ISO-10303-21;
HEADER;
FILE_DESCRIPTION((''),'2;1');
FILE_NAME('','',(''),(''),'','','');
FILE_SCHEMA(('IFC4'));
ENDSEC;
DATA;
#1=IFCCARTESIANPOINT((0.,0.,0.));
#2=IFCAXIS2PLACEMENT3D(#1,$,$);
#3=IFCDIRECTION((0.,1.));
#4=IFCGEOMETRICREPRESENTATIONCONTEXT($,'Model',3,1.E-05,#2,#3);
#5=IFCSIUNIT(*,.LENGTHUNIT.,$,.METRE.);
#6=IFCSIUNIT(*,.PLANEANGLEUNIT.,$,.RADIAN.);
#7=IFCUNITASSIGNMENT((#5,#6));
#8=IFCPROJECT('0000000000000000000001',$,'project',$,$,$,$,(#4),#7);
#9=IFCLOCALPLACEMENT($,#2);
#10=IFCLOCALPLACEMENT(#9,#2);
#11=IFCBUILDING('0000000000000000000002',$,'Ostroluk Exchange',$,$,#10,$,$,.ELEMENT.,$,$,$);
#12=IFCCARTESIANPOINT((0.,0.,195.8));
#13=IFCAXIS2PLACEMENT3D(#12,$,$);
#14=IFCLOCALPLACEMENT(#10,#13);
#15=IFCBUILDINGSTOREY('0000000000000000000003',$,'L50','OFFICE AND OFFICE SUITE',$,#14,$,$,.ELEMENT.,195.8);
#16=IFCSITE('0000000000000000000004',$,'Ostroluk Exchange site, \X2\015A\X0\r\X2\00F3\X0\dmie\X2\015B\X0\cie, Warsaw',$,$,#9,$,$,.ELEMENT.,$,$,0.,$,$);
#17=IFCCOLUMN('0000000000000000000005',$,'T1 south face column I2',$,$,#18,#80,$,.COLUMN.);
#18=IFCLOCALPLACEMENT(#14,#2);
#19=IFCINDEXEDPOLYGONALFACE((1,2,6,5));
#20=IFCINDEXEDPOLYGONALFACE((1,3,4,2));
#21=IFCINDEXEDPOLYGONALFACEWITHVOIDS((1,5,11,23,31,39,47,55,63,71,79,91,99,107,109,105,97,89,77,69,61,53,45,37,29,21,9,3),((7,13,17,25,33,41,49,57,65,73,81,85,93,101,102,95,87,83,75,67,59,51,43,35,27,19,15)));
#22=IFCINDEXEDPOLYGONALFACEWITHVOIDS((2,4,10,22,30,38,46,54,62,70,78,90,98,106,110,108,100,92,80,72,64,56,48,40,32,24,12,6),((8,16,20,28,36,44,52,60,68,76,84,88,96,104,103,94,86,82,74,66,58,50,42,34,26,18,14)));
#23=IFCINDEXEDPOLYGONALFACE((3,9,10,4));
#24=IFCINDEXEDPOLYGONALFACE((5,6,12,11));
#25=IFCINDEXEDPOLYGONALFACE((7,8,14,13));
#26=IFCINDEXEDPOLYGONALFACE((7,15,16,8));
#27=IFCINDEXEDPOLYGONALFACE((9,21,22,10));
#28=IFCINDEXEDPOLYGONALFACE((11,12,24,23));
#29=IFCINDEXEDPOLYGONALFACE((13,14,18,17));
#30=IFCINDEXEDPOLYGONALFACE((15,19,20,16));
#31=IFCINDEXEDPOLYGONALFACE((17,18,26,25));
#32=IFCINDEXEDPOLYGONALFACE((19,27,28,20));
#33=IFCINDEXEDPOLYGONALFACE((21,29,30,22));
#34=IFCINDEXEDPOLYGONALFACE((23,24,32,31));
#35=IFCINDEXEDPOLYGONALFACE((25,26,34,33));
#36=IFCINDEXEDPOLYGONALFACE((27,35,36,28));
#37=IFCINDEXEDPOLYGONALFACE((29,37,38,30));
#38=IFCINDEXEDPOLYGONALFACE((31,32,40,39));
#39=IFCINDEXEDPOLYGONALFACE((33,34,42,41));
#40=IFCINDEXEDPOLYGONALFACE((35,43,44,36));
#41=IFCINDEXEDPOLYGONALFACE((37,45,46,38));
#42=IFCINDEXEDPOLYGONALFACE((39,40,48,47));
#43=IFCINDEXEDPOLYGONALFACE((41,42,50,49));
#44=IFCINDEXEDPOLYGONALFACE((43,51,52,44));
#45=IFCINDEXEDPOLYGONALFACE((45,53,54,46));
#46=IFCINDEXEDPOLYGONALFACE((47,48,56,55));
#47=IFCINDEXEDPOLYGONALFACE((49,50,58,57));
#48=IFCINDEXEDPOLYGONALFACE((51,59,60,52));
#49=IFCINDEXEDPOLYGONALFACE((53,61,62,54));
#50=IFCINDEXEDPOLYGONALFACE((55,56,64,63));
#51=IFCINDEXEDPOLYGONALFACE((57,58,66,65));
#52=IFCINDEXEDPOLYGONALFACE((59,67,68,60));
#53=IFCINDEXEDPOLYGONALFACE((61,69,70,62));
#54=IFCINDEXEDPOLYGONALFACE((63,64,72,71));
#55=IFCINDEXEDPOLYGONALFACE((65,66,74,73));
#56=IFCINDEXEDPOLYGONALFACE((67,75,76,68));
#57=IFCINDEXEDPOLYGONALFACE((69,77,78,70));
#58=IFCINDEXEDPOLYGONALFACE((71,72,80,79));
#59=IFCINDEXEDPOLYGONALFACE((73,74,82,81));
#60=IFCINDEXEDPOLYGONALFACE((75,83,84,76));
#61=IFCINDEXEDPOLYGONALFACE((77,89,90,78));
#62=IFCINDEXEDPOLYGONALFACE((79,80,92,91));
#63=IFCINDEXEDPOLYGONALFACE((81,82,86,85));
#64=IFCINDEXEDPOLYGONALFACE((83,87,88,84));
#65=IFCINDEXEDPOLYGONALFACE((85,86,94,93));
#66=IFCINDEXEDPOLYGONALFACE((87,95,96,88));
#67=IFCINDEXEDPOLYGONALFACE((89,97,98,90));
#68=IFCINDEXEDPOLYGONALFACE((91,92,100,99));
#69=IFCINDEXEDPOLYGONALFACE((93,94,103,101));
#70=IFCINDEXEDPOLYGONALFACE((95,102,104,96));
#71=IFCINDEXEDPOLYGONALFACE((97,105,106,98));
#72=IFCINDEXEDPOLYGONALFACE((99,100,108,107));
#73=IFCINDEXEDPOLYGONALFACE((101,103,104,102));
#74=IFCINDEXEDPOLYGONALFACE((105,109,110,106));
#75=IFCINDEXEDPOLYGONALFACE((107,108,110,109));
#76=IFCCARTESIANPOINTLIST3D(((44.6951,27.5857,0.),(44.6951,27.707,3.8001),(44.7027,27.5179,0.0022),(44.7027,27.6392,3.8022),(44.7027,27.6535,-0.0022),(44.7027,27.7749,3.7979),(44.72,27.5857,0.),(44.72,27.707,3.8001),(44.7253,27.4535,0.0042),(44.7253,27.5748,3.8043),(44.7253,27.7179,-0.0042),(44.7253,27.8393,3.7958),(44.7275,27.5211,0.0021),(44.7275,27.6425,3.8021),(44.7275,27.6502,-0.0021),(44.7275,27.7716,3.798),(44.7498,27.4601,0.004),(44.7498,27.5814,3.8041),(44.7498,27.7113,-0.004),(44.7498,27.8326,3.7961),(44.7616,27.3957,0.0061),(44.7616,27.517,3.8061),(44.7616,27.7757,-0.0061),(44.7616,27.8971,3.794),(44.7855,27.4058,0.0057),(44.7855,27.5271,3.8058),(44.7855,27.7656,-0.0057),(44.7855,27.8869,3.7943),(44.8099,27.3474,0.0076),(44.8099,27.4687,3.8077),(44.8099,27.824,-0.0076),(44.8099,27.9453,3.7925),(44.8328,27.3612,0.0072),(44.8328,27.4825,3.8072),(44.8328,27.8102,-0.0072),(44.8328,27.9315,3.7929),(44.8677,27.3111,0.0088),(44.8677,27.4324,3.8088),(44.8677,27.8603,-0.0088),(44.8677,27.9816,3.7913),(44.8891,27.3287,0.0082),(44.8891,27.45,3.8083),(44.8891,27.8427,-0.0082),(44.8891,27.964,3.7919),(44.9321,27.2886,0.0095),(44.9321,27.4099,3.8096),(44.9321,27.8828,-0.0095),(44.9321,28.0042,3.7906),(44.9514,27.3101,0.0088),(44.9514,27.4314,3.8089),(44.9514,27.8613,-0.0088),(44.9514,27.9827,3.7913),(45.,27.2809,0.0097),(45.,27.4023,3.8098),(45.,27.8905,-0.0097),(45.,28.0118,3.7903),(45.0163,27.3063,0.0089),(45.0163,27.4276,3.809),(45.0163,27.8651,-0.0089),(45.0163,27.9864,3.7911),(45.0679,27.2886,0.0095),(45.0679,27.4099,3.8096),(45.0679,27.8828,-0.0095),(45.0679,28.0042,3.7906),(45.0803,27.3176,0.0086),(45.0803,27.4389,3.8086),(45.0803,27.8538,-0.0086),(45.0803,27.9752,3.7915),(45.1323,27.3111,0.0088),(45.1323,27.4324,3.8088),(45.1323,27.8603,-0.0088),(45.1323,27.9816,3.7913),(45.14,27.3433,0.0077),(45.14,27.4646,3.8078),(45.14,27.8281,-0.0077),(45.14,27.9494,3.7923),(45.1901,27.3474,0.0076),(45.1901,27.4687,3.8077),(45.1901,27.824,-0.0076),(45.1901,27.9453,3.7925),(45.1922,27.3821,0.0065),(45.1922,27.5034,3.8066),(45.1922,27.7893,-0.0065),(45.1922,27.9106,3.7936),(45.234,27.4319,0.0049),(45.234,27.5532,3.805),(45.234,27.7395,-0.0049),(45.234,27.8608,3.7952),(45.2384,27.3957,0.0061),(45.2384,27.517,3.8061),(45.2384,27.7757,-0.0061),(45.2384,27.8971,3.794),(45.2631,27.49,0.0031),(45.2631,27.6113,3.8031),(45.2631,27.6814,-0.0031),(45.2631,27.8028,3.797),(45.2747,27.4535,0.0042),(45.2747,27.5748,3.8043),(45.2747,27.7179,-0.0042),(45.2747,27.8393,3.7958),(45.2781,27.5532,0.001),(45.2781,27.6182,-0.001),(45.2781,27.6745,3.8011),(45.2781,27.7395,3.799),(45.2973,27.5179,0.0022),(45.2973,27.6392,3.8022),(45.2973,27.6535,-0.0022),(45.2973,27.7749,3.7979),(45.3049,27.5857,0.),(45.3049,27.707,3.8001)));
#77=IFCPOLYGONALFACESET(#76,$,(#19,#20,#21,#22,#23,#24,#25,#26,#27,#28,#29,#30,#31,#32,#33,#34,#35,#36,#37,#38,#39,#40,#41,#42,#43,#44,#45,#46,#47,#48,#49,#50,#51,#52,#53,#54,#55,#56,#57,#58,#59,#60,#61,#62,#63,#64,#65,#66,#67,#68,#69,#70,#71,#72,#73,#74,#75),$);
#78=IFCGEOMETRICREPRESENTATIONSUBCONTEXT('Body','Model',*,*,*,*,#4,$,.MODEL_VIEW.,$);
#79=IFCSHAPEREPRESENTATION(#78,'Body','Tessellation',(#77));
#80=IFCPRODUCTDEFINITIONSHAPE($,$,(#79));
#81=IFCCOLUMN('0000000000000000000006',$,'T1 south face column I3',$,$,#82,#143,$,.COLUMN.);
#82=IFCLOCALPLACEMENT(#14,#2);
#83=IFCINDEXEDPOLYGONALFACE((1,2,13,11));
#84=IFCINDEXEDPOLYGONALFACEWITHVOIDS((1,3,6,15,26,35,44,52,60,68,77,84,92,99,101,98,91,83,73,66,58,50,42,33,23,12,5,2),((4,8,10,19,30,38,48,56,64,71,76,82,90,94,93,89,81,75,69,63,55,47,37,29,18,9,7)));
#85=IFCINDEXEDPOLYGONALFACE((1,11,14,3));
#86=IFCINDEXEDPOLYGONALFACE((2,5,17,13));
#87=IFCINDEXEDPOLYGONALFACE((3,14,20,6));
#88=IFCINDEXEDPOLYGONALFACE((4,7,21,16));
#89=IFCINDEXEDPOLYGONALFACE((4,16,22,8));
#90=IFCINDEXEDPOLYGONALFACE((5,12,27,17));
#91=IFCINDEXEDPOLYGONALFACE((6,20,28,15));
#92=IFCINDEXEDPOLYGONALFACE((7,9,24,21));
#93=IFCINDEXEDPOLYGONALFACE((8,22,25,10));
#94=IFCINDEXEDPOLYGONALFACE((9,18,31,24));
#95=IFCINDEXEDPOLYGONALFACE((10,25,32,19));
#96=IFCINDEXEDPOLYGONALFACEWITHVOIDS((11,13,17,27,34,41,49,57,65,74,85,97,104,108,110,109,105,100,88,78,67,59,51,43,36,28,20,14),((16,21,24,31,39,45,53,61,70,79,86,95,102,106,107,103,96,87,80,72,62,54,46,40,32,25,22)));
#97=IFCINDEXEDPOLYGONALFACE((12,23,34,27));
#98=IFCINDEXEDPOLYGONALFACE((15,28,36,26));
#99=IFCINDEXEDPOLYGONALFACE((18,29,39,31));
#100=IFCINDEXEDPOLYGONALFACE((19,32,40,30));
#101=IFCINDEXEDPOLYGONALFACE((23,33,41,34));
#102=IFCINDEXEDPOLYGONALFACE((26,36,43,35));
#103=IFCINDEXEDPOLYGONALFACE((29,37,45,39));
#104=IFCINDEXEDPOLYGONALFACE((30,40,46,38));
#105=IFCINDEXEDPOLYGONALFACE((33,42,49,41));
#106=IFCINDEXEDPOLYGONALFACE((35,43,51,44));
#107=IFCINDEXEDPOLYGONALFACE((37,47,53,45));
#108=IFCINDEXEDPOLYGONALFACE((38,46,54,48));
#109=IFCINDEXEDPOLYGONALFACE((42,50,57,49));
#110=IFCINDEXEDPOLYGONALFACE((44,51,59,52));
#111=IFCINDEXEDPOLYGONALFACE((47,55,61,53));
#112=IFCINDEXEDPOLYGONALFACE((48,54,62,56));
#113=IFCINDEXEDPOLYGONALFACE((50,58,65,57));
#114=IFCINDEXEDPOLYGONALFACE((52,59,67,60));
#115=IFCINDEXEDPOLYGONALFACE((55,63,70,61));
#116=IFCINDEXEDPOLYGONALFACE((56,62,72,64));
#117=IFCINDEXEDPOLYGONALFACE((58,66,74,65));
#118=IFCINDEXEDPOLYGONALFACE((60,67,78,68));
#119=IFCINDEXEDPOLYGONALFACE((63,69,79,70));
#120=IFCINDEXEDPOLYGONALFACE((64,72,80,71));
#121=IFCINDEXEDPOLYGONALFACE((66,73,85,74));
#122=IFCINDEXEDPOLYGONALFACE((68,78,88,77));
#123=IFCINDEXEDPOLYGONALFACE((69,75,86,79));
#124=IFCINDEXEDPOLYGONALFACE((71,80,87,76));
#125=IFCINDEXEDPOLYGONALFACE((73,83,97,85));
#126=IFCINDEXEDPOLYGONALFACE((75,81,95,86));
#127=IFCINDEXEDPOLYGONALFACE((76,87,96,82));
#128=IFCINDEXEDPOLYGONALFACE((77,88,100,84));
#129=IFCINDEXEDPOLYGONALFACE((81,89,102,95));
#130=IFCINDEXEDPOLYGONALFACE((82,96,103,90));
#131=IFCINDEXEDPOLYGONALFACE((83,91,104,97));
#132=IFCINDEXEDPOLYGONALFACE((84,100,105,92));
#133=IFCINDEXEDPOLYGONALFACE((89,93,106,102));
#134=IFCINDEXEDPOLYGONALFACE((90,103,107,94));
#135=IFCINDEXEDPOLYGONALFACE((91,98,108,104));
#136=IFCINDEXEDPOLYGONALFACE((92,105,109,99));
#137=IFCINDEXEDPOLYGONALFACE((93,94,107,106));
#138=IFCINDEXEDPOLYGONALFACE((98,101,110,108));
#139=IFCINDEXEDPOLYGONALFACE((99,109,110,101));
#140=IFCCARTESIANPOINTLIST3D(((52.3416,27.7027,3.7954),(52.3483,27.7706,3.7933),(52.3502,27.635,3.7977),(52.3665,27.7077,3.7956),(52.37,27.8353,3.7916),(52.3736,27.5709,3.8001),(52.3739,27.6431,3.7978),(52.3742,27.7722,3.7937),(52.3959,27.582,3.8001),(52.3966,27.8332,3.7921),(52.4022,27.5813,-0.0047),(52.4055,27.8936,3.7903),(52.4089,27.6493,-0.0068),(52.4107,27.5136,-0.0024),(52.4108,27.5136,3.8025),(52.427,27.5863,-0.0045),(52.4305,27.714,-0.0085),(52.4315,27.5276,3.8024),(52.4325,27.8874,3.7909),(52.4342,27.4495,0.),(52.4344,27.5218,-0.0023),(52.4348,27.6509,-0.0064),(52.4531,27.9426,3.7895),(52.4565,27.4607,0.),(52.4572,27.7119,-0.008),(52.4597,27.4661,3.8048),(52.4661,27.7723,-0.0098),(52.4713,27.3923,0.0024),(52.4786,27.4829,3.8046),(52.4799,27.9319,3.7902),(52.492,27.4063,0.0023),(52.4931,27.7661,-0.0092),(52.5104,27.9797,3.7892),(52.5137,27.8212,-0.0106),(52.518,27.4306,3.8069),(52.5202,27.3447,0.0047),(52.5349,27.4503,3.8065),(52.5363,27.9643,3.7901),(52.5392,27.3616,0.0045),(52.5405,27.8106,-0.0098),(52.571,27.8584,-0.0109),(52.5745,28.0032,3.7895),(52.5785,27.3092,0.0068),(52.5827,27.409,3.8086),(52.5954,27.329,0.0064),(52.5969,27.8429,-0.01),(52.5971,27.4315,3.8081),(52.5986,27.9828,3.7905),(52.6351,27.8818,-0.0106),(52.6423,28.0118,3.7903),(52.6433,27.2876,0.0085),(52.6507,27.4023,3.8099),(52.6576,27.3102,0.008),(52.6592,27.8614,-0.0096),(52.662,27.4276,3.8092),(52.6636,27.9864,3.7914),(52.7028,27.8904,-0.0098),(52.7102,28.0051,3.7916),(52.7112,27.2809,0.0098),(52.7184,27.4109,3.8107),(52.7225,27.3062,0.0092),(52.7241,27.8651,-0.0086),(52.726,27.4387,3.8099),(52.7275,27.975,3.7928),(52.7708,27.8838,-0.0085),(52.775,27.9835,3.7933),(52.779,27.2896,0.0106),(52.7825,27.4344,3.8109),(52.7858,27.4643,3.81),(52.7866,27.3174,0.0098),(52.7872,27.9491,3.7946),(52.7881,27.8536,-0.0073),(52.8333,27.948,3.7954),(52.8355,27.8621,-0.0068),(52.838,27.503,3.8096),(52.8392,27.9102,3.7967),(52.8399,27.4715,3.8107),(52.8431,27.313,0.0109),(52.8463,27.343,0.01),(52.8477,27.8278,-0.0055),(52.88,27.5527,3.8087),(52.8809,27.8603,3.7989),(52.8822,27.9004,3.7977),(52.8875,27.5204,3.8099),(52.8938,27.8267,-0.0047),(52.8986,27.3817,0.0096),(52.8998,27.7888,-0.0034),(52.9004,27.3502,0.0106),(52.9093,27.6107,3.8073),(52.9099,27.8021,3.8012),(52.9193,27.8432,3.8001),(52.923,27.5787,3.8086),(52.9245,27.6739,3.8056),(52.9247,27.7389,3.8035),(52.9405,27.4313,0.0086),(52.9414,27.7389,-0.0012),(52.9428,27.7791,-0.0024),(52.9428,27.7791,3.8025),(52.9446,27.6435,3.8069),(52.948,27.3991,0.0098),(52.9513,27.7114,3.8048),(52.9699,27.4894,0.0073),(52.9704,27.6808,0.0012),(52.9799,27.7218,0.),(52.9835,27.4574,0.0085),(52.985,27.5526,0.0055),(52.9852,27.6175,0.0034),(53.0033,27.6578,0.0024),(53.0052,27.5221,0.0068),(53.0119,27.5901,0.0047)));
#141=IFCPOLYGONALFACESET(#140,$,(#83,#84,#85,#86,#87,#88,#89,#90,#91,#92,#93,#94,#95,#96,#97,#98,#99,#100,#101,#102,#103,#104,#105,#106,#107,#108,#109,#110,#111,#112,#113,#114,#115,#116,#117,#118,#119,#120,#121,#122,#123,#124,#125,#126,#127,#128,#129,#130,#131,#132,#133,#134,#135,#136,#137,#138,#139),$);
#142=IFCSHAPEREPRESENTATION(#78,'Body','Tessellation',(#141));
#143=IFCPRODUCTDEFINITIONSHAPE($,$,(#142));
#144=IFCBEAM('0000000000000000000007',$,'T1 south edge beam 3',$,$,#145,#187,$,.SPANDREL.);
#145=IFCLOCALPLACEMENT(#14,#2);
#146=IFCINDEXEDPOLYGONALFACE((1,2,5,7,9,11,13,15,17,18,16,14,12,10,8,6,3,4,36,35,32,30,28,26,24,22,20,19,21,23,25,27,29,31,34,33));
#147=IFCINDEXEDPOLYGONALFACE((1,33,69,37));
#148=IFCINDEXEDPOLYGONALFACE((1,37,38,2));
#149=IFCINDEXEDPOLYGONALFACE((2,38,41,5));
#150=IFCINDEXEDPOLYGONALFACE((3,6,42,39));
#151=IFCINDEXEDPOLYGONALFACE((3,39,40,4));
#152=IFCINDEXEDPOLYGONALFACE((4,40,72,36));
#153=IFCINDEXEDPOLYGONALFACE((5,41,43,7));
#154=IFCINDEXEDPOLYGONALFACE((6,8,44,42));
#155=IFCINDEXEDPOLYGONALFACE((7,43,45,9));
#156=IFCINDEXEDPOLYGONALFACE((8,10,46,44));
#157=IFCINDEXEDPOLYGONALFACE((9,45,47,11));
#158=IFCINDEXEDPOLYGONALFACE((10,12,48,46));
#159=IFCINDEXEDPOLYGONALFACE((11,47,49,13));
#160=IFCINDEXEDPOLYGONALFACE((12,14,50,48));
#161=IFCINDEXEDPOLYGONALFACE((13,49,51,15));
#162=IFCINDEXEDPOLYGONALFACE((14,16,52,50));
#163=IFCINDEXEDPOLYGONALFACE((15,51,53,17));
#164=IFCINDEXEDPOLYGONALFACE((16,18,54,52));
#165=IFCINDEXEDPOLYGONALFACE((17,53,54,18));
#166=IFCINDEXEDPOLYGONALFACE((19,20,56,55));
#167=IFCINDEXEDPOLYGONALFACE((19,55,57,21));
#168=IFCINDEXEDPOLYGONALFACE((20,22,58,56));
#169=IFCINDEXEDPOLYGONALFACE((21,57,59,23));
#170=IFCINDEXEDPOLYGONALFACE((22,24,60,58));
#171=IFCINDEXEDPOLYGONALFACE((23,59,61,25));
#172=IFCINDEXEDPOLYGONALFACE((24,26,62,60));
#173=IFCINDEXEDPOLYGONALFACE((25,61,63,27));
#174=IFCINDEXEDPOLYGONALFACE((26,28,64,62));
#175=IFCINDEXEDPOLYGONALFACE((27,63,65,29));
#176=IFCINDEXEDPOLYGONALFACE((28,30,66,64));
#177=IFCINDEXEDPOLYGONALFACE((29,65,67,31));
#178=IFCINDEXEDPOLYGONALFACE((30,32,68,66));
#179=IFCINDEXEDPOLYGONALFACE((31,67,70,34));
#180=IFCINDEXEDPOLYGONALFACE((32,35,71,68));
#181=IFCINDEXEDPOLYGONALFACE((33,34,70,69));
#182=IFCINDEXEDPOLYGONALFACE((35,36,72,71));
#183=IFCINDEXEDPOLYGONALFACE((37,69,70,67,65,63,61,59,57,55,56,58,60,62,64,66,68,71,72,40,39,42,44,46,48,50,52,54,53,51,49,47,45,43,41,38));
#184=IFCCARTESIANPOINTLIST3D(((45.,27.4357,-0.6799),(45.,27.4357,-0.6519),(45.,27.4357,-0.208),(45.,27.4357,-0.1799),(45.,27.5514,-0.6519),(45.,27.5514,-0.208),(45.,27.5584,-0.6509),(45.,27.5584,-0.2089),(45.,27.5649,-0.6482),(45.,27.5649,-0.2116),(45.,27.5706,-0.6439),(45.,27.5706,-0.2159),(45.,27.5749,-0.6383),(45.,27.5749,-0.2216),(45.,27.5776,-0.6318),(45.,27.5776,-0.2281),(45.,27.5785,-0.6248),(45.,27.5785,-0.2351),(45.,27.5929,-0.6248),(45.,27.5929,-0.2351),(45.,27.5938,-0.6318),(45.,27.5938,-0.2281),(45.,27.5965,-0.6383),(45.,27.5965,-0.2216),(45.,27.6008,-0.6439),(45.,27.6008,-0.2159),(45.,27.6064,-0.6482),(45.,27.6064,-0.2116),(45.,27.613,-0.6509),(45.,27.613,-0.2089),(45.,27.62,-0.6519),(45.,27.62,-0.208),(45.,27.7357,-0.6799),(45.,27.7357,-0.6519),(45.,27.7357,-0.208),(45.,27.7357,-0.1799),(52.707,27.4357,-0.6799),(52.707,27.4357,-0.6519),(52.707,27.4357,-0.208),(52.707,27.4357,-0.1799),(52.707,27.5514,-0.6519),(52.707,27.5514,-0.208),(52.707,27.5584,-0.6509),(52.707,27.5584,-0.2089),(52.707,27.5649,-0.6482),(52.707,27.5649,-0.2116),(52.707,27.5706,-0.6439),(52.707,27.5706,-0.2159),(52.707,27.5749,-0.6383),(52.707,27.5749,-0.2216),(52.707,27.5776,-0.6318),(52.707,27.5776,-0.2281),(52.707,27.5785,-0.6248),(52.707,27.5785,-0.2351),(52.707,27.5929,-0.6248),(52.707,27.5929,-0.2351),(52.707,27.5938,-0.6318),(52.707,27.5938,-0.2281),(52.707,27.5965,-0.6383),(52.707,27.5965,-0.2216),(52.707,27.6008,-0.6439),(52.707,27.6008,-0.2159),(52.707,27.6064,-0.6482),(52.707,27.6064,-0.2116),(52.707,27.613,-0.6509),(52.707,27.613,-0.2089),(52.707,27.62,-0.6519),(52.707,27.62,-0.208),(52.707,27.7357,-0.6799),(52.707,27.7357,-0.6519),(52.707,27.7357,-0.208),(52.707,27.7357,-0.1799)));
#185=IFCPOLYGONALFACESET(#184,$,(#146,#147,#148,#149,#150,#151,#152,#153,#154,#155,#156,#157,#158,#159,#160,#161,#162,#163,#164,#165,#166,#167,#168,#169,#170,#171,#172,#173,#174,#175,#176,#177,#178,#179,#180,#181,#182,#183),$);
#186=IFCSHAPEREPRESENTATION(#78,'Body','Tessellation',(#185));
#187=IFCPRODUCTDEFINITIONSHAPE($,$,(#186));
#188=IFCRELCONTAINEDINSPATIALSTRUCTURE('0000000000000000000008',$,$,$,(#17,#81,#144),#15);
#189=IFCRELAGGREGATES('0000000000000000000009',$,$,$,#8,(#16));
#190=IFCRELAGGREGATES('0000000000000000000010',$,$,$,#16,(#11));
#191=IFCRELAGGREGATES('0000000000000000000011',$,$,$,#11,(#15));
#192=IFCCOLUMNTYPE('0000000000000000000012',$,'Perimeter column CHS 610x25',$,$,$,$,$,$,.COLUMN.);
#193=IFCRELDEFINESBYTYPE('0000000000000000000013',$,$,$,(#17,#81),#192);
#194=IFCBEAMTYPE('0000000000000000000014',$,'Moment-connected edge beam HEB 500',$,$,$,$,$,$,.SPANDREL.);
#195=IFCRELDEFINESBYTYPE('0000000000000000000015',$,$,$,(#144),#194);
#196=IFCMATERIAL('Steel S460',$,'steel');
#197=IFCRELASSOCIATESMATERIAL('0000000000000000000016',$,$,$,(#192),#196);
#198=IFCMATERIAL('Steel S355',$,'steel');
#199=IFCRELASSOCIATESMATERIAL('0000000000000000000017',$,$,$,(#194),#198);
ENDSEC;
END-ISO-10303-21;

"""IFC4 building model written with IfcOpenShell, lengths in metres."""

from ifc_helpers import new_model, si_unit, direction, frame, origin, origin_2d, place, context, subcontext, project, spatial, hollow_circle, i_section, extrude, material, material_profile, profile_set, type_object, element, save


model = new_model("IFC4")

# Units and contexts
model_context = context("Model", 3, precision=1e-05, world=origin(), true_north=direction((0.0, 1.0)))
body_context = subcontext(model_context, "Body", "Model", "MODEL_VIEW")
ifc_project = project(units=[si_unit("LENGTHUNIT", "METRE"), si_unit("PLANEANGLEUNIT", "RADIAN")], contexts=[model_context])

# Site, building, storey
site_placement = place(None, origin())
site = spatial("IfcSite", under=ifc_project, at=site_placement, Name="Ostroluk Exchange site, Śródmieście, Warsaw", CompositionType="ELEMENT", RefElevation=0.0)
building_placement = place(site_placement, origin())
building = spatial("IfcBuilding", under=site, at=building_placement, Name="Ostroluk Exchange", CompositionType="ELEMENT")
storey_placement = place(building_placement, frame((0.0, 0.0, 195.8)))
storey = spatial("IfcBuildingStorey", under=building, at=storey_placement, Name="L50", Description="OFFICE AND OFFICE SUITE", CompositionType="ELEMENT", Elevation=195.8)

# Columns
ifc_material_1 = material(Name="Steel S460", Category="steel")
ifc_material_profile_1 = material_profile(ifc_material_1, hollow_circle(Radius=0.3049, WallThickness=0.0249, at=origin_2d()), Name="CHS 610x25")
ifc_profile_set_1 = profile_set([ifc_material_profile_1], Name="Steel S460")
column_type = type_object("IfcColumnType", Name="Perimeter column CHS 610x25", PredefinedType="COLUMN", material=ifc_profile_set_1)
column_1_placement = place(storey_placement, frame((45.0, 27.5857, 0.0), z_axis=(0.0, 0.031914, 0.999491), x_axis=(-1.0, 0.0, 0.0)))
element("IfcColumn", 1, at=column_1_placement, inside=storey, type_object=column_type, Name="T1 south face column I2", PredefinedType="COLUMN", context=body_context, shape_type="SweptSolid", body=[
    extrude(hollow_circle(Radius=0.3049, WallThickness=0.0249, at=origin_2d()), origin(), (0.0, 0.0, 1.0), 3.802),
])
column_2_placement = place(storey_placement, frame((52.707, 27.5857, 0.0), z_axis=(-0.015923, 0.03191, 0.999364), x_axis=(-0.894787, -0.446493, 0.0)))
element("IfcColumn", 2, at=column_2_placement, inside=storey, type_object=column_type, Name="T1 south face column I3", PredefinedType="COLUMN", context=body_context, shape_type="SweptSolid", body=[
    extrude(hollow_circle(Radius=0.3049, WallThickness=0.0249, at=origin_2d()), origin(), (0.0, 0.0, 1.0), 3.8025),
])

# Beam
ifc_material_2 = material(Name="Steel S355", Category="steel")
ifc_material_profile_2 = material_profile(ifc_material_2, i_section(OverallWidth=0.3, OverallDepth=0.5, WebThickness=0.0144, FlangeThickness=0.0281, FilletRadius=0.0271, at=origin_2d()), Name="HEB 500")
ifc_profile_set_2 = profile_set([ifc_material_profile_2], Name="Steel S355")
beam_type = type_object("IfcBeamType", Name="Moment-connected edge beam HEB 500", PredefinedType="SPANDREL", material=ifc_profile_set_2)
beam_1_placement = place(storey_placement, frame((45.0, 27.5857, -0.4299), z_axis=(1.0, 0.0, 0.0), x_axis=(0.0, 1.0, 0.0)))
element("IfcBeam", 3, at=beam_1_placement, inside=storey, type_object=beam_type, Name="T1 south edge beam 3", PredefinedType="SPANDREL", context=body_context, shape_type="SweptSolid", body=[
    extrude(i_section(OverallWidth=0.3, OverallDepth=0.5, WebThickness=0.0144, FlangeThickness=0.0281, FilletRadius=0.0271, at=origin_2d()), origin(), (0.0, 0.0, 1.0), 7.707),
])

save(model, "model.ifc")
